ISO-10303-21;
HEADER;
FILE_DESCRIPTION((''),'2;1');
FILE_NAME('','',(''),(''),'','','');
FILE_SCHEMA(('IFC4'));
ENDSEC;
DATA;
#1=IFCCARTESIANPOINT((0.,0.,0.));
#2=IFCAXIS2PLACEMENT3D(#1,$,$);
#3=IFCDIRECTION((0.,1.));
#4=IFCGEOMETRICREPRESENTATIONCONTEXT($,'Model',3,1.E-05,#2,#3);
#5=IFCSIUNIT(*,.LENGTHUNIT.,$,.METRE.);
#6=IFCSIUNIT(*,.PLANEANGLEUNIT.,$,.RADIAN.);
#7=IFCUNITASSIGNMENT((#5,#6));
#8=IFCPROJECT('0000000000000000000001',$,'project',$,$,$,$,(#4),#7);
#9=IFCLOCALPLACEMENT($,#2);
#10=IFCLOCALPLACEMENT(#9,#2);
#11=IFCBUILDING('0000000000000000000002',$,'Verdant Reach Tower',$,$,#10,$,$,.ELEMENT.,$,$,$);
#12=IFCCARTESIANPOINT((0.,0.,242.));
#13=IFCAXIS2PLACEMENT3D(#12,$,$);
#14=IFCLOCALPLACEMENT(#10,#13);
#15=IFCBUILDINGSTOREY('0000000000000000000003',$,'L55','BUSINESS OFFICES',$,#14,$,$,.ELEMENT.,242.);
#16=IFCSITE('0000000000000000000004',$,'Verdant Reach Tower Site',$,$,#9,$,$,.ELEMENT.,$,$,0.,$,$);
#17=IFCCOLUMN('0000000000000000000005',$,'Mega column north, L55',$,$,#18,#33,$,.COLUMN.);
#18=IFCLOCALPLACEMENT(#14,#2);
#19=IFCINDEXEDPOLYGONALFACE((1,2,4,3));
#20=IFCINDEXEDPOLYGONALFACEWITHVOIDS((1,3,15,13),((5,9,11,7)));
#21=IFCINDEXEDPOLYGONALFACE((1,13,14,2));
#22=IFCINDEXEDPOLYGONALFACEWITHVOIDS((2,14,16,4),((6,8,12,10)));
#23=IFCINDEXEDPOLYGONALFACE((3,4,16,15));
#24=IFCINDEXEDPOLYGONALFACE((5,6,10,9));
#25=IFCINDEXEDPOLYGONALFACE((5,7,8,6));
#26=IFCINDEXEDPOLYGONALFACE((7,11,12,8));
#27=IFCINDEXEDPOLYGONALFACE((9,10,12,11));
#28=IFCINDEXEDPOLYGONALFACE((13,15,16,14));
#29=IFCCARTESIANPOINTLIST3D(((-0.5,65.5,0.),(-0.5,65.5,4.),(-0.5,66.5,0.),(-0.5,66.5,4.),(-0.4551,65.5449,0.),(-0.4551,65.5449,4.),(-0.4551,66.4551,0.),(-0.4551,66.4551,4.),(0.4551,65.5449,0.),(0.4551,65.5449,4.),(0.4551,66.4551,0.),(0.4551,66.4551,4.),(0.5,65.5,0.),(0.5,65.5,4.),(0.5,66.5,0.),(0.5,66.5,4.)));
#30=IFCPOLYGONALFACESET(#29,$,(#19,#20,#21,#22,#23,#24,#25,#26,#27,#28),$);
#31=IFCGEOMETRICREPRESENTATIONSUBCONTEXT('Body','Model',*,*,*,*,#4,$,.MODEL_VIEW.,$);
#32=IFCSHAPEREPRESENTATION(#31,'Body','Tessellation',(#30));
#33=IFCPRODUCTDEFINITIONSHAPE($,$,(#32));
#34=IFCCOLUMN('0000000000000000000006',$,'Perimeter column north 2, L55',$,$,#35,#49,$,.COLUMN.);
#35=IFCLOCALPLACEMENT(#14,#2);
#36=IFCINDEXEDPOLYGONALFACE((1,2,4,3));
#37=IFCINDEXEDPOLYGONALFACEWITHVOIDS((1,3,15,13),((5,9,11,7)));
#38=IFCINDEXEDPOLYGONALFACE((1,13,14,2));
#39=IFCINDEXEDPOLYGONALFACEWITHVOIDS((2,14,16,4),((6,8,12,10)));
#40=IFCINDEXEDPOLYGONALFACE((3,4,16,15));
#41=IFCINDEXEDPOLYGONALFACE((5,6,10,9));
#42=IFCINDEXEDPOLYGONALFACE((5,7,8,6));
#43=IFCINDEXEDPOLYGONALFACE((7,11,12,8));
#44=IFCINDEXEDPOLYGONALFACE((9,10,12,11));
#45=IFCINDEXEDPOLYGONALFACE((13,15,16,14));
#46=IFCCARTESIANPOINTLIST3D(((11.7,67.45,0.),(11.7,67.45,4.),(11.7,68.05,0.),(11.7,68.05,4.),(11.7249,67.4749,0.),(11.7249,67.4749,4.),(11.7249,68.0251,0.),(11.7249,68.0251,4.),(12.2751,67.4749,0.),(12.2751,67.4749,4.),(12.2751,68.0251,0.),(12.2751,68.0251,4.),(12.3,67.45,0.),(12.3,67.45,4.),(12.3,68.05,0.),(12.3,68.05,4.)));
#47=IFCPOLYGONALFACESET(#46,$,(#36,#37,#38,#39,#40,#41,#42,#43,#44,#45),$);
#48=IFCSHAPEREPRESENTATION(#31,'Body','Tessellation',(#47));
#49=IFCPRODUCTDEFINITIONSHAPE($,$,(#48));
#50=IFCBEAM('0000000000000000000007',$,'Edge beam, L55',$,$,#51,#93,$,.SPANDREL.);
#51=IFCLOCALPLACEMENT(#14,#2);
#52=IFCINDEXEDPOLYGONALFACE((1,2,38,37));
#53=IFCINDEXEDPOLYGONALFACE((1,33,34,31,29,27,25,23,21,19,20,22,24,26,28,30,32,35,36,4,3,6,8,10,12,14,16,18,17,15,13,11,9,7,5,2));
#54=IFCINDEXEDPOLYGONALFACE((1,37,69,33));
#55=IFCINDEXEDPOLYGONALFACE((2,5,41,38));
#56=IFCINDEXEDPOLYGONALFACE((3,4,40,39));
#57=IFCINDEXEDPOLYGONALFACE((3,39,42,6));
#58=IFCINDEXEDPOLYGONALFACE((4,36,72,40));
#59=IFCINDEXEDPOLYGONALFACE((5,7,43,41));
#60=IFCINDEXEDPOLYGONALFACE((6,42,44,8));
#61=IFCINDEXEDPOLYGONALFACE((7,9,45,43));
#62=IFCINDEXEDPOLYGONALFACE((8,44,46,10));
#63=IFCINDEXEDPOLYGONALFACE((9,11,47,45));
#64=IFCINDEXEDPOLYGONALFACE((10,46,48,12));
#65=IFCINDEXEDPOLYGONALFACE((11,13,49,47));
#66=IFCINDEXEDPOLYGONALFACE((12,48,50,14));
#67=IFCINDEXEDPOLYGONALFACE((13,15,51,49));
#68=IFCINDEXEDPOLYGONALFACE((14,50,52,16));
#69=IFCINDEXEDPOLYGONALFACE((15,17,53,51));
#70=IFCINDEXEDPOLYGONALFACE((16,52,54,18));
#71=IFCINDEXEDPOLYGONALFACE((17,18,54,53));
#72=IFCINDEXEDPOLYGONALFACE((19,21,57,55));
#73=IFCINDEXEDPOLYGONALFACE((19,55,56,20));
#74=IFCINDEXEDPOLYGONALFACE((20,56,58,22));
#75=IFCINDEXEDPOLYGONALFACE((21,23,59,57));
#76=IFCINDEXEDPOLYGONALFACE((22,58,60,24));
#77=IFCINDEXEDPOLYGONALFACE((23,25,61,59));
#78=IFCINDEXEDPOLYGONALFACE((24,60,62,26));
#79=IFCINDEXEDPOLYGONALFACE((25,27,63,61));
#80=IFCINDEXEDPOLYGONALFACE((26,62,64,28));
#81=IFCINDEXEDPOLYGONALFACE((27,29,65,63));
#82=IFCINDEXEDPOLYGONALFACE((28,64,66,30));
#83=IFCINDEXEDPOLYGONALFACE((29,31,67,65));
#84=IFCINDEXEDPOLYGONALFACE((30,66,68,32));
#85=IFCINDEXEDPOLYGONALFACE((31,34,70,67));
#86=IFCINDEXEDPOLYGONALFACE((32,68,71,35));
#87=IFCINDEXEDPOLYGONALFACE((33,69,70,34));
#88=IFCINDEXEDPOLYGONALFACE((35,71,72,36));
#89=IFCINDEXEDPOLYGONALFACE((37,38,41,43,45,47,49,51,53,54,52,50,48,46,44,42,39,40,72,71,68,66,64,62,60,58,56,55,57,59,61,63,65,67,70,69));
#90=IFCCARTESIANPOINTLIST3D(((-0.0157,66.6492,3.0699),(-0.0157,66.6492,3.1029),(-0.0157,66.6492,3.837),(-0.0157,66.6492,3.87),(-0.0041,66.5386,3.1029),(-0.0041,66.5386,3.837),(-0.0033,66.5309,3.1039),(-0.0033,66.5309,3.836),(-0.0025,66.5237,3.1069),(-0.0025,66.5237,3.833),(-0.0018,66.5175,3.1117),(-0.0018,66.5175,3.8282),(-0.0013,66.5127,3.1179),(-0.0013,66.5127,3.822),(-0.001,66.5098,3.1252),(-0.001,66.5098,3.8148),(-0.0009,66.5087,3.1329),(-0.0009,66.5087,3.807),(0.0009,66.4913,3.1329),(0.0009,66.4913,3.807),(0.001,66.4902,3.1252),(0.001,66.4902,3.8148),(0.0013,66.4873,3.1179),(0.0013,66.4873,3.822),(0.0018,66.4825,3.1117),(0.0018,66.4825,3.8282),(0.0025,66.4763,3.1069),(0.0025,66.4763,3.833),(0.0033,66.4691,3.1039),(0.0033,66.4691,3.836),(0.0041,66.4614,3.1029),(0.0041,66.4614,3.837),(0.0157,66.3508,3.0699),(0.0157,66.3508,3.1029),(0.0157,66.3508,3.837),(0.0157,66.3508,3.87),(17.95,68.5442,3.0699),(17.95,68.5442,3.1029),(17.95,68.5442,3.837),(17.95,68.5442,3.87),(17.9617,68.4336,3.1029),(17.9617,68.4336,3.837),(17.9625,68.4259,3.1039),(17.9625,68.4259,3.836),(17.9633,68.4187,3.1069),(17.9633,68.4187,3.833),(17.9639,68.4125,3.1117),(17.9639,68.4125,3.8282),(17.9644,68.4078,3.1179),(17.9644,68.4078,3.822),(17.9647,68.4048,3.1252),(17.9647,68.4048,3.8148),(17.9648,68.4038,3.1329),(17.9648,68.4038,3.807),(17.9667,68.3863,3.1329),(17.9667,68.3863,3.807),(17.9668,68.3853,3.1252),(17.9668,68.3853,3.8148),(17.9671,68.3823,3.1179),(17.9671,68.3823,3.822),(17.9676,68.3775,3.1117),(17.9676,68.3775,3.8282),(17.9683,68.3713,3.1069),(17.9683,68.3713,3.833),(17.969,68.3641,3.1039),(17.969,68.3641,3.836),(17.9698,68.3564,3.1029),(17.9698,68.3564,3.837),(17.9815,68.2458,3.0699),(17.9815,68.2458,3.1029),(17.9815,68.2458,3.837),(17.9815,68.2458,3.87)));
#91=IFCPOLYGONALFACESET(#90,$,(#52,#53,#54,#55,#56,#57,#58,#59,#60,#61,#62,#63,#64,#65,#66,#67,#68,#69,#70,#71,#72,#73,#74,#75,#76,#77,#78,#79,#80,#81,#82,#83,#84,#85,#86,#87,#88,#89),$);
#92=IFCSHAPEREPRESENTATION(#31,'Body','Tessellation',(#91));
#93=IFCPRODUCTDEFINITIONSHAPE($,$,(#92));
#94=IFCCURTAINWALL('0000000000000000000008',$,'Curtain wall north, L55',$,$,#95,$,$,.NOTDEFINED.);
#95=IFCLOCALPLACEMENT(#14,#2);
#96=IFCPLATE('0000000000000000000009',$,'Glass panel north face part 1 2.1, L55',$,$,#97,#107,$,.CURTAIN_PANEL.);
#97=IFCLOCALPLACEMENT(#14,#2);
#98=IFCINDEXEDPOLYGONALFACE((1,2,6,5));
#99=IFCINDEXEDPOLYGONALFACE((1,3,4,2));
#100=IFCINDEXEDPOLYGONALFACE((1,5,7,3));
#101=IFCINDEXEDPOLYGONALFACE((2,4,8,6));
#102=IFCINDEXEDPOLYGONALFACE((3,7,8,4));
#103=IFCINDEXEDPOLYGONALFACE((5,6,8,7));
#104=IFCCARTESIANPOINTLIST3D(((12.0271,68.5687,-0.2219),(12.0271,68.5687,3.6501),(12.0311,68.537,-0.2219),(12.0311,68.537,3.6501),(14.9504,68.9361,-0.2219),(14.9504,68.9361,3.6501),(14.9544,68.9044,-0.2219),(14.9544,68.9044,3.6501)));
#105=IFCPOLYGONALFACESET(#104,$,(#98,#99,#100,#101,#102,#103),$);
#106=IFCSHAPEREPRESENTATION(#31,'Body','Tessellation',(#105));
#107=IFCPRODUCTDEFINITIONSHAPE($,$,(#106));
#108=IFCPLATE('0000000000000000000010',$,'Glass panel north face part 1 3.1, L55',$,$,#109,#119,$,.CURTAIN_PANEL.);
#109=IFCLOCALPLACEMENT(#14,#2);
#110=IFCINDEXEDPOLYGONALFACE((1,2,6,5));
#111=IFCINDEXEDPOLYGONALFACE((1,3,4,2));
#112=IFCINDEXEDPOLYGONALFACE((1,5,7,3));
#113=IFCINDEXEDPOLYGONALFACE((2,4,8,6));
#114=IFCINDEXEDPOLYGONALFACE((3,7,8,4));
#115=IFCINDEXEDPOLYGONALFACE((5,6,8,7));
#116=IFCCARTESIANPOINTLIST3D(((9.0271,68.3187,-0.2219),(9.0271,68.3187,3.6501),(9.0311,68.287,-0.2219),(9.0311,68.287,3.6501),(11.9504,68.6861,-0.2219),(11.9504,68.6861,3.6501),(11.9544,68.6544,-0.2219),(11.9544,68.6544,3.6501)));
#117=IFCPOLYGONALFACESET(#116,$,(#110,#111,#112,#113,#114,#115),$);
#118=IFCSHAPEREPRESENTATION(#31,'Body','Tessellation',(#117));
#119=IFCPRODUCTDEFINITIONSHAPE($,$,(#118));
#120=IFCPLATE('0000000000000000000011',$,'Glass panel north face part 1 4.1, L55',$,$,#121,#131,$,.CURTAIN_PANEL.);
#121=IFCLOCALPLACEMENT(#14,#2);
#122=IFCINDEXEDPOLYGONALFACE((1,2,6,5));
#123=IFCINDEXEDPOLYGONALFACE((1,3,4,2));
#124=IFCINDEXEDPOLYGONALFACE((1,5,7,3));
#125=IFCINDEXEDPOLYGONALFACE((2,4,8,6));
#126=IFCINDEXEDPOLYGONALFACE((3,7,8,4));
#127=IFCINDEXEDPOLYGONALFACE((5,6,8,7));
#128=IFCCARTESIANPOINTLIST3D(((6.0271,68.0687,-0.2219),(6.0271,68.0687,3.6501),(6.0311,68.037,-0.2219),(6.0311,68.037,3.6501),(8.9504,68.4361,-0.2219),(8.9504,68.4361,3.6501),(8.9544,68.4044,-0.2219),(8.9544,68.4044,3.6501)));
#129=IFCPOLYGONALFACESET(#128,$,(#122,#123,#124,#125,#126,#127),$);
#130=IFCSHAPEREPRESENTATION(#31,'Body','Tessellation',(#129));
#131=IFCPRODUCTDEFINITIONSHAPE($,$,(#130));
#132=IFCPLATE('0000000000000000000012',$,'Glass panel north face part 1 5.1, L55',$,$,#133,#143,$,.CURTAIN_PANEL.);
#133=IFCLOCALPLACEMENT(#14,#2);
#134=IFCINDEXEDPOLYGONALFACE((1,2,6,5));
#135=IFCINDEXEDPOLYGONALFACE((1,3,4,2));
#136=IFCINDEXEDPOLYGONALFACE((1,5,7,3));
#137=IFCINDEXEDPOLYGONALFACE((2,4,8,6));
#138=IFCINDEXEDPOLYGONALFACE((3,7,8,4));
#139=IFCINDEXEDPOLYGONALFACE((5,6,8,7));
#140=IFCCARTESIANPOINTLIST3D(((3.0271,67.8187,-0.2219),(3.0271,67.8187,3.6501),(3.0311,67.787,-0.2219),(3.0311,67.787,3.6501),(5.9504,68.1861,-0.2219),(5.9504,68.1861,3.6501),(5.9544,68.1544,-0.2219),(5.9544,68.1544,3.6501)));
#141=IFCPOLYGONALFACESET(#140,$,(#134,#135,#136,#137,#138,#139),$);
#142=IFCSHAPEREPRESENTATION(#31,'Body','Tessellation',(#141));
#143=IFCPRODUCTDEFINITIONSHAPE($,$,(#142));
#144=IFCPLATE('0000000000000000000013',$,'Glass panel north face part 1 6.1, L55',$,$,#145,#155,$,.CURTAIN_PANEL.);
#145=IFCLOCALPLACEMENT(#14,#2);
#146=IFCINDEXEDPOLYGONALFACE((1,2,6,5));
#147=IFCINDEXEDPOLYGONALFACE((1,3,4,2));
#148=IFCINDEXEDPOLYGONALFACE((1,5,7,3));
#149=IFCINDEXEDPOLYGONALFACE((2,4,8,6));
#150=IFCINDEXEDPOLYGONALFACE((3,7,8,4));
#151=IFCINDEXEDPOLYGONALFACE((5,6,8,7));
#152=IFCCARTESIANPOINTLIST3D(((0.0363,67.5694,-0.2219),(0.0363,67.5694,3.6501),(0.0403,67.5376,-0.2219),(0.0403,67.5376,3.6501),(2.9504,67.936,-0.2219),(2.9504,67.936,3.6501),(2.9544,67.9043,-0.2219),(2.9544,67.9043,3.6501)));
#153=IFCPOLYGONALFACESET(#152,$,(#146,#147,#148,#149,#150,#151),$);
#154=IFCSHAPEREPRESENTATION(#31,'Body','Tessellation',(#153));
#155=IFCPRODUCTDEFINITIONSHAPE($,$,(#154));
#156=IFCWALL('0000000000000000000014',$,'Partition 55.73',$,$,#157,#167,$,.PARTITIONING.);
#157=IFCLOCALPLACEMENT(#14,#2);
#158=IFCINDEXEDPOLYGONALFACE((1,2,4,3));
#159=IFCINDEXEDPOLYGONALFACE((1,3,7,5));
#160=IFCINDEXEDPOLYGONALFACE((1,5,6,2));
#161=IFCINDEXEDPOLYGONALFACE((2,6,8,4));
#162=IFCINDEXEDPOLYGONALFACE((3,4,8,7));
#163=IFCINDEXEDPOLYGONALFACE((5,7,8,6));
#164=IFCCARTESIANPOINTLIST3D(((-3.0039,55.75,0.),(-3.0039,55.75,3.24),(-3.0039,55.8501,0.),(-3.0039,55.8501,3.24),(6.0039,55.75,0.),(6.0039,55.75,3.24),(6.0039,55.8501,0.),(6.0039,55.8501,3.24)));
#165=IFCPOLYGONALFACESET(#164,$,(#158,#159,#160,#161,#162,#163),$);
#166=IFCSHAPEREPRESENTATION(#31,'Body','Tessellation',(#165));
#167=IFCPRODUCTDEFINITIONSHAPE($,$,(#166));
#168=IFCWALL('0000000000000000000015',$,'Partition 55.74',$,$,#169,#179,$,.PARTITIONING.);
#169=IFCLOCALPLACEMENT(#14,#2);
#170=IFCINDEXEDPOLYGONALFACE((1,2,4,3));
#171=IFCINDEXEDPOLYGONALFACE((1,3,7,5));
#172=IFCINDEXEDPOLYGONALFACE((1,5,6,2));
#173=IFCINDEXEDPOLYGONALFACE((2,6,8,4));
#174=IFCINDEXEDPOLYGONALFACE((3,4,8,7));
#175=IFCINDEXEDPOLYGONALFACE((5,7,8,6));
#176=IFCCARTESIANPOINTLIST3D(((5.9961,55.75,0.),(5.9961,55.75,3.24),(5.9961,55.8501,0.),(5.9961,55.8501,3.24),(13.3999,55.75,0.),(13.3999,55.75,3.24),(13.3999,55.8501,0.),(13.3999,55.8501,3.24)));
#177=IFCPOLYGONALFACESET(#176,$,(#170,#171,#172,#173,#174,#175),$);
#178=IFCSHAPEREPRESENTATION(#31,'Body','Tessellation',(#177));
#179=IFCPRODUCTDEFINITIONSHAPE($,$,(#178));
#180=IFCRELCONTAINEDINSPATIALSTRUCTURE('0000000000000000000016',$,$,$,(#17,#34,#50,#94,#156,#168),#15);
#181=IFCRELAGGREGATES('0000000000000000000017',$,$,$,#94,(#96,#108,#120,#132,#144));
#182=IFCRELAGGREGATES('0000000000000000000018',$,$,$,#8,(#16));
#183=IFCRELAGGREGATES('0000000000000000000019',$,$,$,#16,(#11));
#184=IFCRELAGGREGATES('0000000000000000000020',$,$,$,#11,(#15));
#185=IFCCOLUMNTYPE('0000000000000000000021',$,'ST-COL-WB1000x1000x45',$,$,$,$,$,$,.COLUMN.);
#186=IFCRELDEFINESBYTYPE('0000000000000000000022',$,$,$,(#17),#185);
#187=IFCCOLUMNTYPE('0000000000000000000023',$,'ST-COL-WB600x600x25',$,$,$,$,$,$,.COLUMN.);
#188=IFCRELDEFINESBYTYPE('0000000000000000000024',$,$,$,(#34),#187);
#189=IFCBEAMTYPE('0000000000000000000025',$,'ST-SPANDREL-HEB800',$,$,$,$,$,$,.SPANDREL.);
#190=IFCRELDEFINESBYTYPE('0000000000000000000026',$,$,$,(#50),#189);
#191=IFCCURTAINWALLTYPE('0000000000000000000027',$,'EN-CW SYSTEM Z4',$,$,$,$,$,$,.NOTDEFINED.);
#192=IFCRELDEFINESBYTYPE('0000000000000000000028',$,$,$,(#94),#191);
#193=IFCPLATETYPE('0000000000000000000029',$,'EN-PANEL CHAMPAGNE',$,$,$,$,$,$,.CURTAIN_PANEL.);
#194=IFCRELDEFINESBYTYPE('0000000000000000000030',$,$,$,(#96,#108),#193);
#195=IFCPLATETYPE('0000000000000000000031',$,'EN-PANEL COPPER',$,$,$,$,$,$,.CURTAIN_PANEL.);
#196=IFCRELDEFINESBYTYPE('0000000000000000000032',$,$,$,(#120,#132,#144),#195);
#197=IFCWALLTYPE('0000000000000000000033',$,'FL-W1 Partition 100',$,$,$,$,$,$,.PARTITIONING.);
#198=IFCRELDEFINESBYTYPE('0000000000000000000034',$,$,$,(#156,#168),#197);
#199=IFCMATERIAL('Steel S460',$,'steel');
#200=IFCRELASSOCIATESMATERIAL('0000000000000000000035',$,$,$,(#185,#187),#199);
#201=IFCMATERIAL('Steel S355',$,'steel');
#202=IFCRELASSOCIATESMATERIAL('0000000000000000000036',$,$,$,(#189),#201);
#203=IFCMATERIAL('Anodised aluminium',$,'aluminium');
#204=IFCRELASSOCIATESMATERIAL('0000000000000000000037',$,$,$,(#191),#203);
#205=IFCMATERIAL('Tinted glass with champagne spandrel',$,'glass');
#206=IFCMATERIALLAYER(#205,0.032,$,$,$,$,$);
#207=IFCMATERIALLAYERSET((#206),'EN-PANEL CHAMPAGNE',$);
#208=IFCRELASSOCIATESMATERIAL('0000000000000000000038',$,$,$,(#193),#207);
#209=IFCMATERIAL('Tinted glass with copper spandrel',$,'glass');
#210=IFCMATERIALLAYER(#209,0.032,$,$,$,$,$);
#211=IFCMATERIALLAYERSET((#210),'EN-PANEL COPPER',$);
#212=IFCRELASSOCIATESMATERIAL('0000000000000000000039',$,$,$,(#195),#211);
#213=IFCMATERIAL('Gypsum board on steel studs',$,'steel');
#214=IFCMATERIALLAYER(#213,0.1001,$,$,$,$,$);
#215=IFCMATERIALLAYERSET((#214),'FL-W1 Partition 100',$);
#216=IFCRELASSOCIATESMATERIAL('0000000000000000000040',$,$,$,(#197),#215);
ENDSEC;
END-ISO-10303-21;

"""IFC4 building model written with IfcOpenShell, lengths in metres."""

from ifc_helpers import new_model, si_unit, direction, frame, frame_2d, origin, origin_2d, place, context, subcontext, project, spatial, rectangle, hollow_rectangle, i_section, extrude, material, layer, layer_set, material_profile, profile_set, type_object, element, aggregate, save


model = new_model("IFC4")

# Units and contexts
model_context = context("Model", 3, precision=1e-05, world=origin(), true_north=direction((0.0, 1.0)))
body_context = subcontext(model_context, "Body", "Model", "MODEL_VIEW")
ifc_project = project(units=[si_unit("LENGTHUNIT", "METRE"), si_unit("PLANEANGLEUNIT", "RADIAN")], contexts=[model_context])

# Site, building, storey
site_placement = place(None, origin())
site = spatial("IfcSite", under=ifc_project, at=site_placement, Name="Verdant Reach Tower Site", CompositionType="ELEMENT", RefElevation=0.0)
building_placement = place(site_placement, origin())
building = spatial("IfcBuilding", under=site, at=building_placement, Name="Verdant Reach Tower", CompositionType="ELEMENT")
storey_placement = place(building_placement, frame((0.0, 0.0, 242.0)))
storey = spatial("IfcBuildingStorey", under=building, at=storey_placement, Name="L55", Description="BUSINESS OFFICES", CompositionType="ELEMENT", Elevation=242.0)

# Columns
ifc_material_1 = material(Name="Steel S460", Category="steel")
ifc_material_profile_1 = material_profile(ifc_material_1, hollow_rectangle(XDim=1.0, YDim=1.0, WallThickness=0.0449, at=origin_2d()), Name="WB 1000x1000x45")
ifc_profile_set_1 = profile_set([ifc_material_profile_1], Name="Steel S460")
column_type_1 = type_object("IfcColumnType", Name="ST-COL-WB1000x1000x45", PredefinedType="COLUMN", material=ifc_profile_set_1)
column_1_placement = place(storey_placement, frame((0.0, 66.0, 0.0), z_axis=(0.0, 0.0, 1.0), x_axis=(1.0, 0.0, 0.0)))
element("IfcColumn", 1, at=column_1_placement, inside=storey, type_object=column_type_1, Name="Mega column north, L55", PredefinedType="COLUMN", context=body_context, shape_type="SweptSolid", body=[
    extrude(hollow_rectangle(XDim=1.0, YDim=1.0, WallThickness=0.0449, at=origin_2d()), origin(), (0.0, 0.0, 1.0), 4.0),
])
ifc_material_profile_2 = material_profile(ifc_material_1, hollow_rectangle(XDim=0.6001, YDim=0.6001, WallThickness=0.0249, at=origin_2d()), Name="WB 600x600x25")
ifc_profile_set_2 = profile_set([ifc_material_profile_2], Name="Steel S460")
column_type_2 = type_object("IfcColumnType", Name="ST-COL-WB600x600x25", PredefinedType="COLUMN", material=ifc_profile_set_2)
column_2_placement = place(storey_placement, frame((12.0, 67.75, 0.0), z_axis=(0.0, 0.0, 1.0), x_axis=(1.0, 0.0, 0.0)))
element("IfcColumn", 2, at=column_2_placement, inside=storey, type_object=column_type_2, Name="Perimeter column north 2, L55", PredefinedType="COLUMN", context=body_context, shape_type="SweptSolid", body=[
    extrude(hollow_rectangle(XDim=0.6001, YDim=0.6001, WallThickness=0.0249, at=origin_2d()), origin(), (0.0, 0.0, 1.0), 4.0),
])

# Beam
ifc_material_2 = material(Name="Steel S355", Category="steel")
ifc_material_profile_3 = material_profile(ifc_material_2, i_section(OverallWidth=0.3, OverallDepth=0.8, WebThickness=0.0176, FlangeThickness=0.033, FilletRadius=0.03, at=origin_2d()), Name="HEB 800")
ifc_profile_set_3 = profile_set([ifc_material_profile_3], Name="Steel S355")
beam_type = type_object("IfcBeamType", Name="ST-SPANDREL-HEB800", PredefinedType="SPANDREL", material=ifc_profile_set_3)
beam_placement = place(storey_placement, frame((0.0, 66.5, 3.47), z_axis=(0.994483, 0.104897, 0.0), x_axis=(-0.104897, 0.994483, 0.0)))
element("IfcBeam", 3, at=beam_placement, inside=storey, type_object=beam_type, Name="Edge beam, L55", PredefinedType="SPANDREL", context=body_context, shape_type="SweptSolid", body=[
    extrude(i_section(OverallWidth=0.3, OverallDepth=0.8, WebThickness=0.0176, FlangeThickness=0.033, FilletRadius=0.03, at=origin_2d()), origin(), (0.0, 0.0, 1.0), 18.0654),
])

# Curtain wall, plates
ifc_material_3 = material(Name="Anodised aluminium", Category="aluminium")
curtain_wall_type = type_object("IfcCurtainWallType", Name="EN-CW SYSTEM Z4", PredefinedType="NOTDEFINED", material=ifc_material_3)
curtain_wall_placement = place(storey_placement, origin())
curtain_wall = element("IfcCurtainWall", 4, at=curtain_wall_placement, inside=storey, type_object=curtain_wall_type, Name="Curtain wall north, L55", PredefinedType="NOTDEFINED")
ifc_material_4 = material(Name="Tinted glass with champagne spandrel", Category="glass")
ifc_layer_1 = layer(ifc_material_4, 0.032)
ifc_layer_set_1 = layer_set([ifc_layer_1], Name="EN-PANEL CHAMPAGNE")
plate_type_1 = type_object("IfcPlateType", Name="EN-PANEL CHAMPAGNE", PredefinedType="CURTAIN_PANEL", material=ifc_layer_set_1)
plate_1_placement = place(storey_placement, frame((13.4907, 68.7366, -0.2219), z_axis=(0.0, 0.0, 1.0), x_axis=(-0.992194, -0.124704, 0.0)))
plate_1 = element("IfcPlate", 5, at=plate_1_placement, type_object=plate_type_1, Name="Glass panel north face part 1 2.1, L55", PredefinedType="CURTAIN_PANEL", context=body_context, shape_type="SweptSolid", body=[
    extrude(rectangle(XDim=2.9463, YDim=0.032, at=origin_2d()), origin(), (0.0, 0.0, 1.0), 3.8721),
])
plate_2_placement = place(storey_placement, frame((10.4907, 68.4866, -0.2219), z_axis=(0.0, 0.0, 1.0), x_axis=(-0.992194, -0.124704, 0.0)))
plate_2 = element("IfcPlate", 6, at=plate_2_placement, type_object=plate_type_1, Name="Glass panel north face part 1 3.1, L55", PredefinedType="CURTAIN_PANEL", context=body_context, shape_type="SweptSolid", body=[
    extrude(rectangle(XDim=2.9463, YDim=0.032, at=origin_2d()), origin(), (0.0, 0.0, 1.0), 3.8721),
])
ifc_material_5 = material(Name="Tinted glass with copper spandrel", Category="glass")
ifc_layer_2 = layer(ifc_material_5, 0.032)
ifc_layer_set_2 = layer_set([ifc_layer_2], Name="EN-PANEL COPPER")
plate_type_2 = type_object("IfcPlateType", Name="EN-PANEL COPPER", PredefinedType="CURTAIN_PANEL", material=ifc_layer_set_2)
plate_3_placement = place(storey_placement, frame((7.4907, 68.2366, -0.2219), z_axis=(0.0, 0.0, 1.0), x_axis=(-0.992194, -0.124704, 0.0)))
plate_3 = element("IfcPlate", 7, at=plate_3_placement, type_object=plate_type_2, Name="Glass panel north face part 1 4.1, L55", PredefinedType="CURTAIN_PANEL", context=body_context, shape_type="SweptSolid", body=[
    extrude(rectangle(XDim=2.9463, YDim=0.032, at=origin_2d()), origin(), (0.0, 0.0, 1.0), 3.8721),
])
plate_4_placement = place(storey_placement, frame((4.4907, 67.9866, -0.2219), z_axis=(0.0, 0.0, 1.0), x_axis=(-0.992194, -0.124704, 0.0)))
plate_4 = element("IfcPlate", 8, at=plate_4_placement, type_object=plate_type_2, Name="Glass panel north face part 1 5.1, L55", PredefinedType="CURTAIN_PANEL", context=body_context, shape_type="SweptSolid", body=[
    extrude(rectangle(XDim=2.9463, YDim=0.032, at=origin_2d()), origin(), (0.0, 0.0, 1.0), 3.8721),
])
plate_5_placement = place(storey_placement, frame((1.4954, 67.7368, -0.2219), z_axis=(0.0, 0.0, 1.0), x_axis=(-0.992178, -0.124832, 0.0)))
plate_5 = element("IfcPlate", 9, at=plate_5_placement, type_object=plate_type_2, Name="Glass panel north face part 1 6.1, L55", PredefinedType="CURTAIN_PANEL", context=body_context, shape_type="SweptSolid", body=[
    extrude(rectangle(XDim=2.937, YDim=0.032, at=origin_2d()), origin(), (0.0, 0.0, 1.0), 3.8721),
])
aggregate(curtain_wall, [plate_1, plate_2, plate_3, plate_4, plate_5])

# Walls
ifc_material_6 = material(Name="Gypsum board on steel studs", Category="steel")
ifc_layer_3 = layer(ifc_material_6, 0.1001)
ifc_layer_set_3 = layer_set([ifc_layer_3], Name="FL-W1 Partition 100")
wall_type_1 = type_object("IfcWallType", Name="FL-W1 Partition 100", PredefinedType="PARTITIONING", material=ifc_layer_set_3)
wall_1_placement = place(storey_placement, frame((6.0039, 55.8, 0.0), z_axis=(0.0, 0.0, 1.0), x_axis=(-1.0, 0.0, 0.0)))
element("IfcWall", 10, at=wall_1_placement, inside=storey, type_object=wall_type_1, Name="Partition 55.73", PredefinedType="PARTITIONING", context=body_context, shape_type="SweptSolid", body=[
    extrude(rectangle(XDim=9.0078, YDim=0.1001, at=frame_2d((4.5039, 0.0))), origin(), (0.0, 0.0, 1.0), 3.24),
])
wall_2_placement = place(storey_placement, frame((13.3999, 55.8, 0.0), z_axis=(0.0, 0.0, 1.0), x_axis=(-1.0, 0.0, 0.0)))
element("IfcWall", 11, at=wall_2_placement, inside=storey, type_object=wall_type_1, Name="Partition 55.74", PredefinedType="PARTITIONING", context=body_context, shape_type="SweptSolid", body=[
    extrude(rectangle(XDim=7.4038, YDim=0.1001, at=frame_2d((3.7019, 0.0))), origin(), (0.0, 0.0, 1.0), 3.24),
])

save(model, "model.ifc")
